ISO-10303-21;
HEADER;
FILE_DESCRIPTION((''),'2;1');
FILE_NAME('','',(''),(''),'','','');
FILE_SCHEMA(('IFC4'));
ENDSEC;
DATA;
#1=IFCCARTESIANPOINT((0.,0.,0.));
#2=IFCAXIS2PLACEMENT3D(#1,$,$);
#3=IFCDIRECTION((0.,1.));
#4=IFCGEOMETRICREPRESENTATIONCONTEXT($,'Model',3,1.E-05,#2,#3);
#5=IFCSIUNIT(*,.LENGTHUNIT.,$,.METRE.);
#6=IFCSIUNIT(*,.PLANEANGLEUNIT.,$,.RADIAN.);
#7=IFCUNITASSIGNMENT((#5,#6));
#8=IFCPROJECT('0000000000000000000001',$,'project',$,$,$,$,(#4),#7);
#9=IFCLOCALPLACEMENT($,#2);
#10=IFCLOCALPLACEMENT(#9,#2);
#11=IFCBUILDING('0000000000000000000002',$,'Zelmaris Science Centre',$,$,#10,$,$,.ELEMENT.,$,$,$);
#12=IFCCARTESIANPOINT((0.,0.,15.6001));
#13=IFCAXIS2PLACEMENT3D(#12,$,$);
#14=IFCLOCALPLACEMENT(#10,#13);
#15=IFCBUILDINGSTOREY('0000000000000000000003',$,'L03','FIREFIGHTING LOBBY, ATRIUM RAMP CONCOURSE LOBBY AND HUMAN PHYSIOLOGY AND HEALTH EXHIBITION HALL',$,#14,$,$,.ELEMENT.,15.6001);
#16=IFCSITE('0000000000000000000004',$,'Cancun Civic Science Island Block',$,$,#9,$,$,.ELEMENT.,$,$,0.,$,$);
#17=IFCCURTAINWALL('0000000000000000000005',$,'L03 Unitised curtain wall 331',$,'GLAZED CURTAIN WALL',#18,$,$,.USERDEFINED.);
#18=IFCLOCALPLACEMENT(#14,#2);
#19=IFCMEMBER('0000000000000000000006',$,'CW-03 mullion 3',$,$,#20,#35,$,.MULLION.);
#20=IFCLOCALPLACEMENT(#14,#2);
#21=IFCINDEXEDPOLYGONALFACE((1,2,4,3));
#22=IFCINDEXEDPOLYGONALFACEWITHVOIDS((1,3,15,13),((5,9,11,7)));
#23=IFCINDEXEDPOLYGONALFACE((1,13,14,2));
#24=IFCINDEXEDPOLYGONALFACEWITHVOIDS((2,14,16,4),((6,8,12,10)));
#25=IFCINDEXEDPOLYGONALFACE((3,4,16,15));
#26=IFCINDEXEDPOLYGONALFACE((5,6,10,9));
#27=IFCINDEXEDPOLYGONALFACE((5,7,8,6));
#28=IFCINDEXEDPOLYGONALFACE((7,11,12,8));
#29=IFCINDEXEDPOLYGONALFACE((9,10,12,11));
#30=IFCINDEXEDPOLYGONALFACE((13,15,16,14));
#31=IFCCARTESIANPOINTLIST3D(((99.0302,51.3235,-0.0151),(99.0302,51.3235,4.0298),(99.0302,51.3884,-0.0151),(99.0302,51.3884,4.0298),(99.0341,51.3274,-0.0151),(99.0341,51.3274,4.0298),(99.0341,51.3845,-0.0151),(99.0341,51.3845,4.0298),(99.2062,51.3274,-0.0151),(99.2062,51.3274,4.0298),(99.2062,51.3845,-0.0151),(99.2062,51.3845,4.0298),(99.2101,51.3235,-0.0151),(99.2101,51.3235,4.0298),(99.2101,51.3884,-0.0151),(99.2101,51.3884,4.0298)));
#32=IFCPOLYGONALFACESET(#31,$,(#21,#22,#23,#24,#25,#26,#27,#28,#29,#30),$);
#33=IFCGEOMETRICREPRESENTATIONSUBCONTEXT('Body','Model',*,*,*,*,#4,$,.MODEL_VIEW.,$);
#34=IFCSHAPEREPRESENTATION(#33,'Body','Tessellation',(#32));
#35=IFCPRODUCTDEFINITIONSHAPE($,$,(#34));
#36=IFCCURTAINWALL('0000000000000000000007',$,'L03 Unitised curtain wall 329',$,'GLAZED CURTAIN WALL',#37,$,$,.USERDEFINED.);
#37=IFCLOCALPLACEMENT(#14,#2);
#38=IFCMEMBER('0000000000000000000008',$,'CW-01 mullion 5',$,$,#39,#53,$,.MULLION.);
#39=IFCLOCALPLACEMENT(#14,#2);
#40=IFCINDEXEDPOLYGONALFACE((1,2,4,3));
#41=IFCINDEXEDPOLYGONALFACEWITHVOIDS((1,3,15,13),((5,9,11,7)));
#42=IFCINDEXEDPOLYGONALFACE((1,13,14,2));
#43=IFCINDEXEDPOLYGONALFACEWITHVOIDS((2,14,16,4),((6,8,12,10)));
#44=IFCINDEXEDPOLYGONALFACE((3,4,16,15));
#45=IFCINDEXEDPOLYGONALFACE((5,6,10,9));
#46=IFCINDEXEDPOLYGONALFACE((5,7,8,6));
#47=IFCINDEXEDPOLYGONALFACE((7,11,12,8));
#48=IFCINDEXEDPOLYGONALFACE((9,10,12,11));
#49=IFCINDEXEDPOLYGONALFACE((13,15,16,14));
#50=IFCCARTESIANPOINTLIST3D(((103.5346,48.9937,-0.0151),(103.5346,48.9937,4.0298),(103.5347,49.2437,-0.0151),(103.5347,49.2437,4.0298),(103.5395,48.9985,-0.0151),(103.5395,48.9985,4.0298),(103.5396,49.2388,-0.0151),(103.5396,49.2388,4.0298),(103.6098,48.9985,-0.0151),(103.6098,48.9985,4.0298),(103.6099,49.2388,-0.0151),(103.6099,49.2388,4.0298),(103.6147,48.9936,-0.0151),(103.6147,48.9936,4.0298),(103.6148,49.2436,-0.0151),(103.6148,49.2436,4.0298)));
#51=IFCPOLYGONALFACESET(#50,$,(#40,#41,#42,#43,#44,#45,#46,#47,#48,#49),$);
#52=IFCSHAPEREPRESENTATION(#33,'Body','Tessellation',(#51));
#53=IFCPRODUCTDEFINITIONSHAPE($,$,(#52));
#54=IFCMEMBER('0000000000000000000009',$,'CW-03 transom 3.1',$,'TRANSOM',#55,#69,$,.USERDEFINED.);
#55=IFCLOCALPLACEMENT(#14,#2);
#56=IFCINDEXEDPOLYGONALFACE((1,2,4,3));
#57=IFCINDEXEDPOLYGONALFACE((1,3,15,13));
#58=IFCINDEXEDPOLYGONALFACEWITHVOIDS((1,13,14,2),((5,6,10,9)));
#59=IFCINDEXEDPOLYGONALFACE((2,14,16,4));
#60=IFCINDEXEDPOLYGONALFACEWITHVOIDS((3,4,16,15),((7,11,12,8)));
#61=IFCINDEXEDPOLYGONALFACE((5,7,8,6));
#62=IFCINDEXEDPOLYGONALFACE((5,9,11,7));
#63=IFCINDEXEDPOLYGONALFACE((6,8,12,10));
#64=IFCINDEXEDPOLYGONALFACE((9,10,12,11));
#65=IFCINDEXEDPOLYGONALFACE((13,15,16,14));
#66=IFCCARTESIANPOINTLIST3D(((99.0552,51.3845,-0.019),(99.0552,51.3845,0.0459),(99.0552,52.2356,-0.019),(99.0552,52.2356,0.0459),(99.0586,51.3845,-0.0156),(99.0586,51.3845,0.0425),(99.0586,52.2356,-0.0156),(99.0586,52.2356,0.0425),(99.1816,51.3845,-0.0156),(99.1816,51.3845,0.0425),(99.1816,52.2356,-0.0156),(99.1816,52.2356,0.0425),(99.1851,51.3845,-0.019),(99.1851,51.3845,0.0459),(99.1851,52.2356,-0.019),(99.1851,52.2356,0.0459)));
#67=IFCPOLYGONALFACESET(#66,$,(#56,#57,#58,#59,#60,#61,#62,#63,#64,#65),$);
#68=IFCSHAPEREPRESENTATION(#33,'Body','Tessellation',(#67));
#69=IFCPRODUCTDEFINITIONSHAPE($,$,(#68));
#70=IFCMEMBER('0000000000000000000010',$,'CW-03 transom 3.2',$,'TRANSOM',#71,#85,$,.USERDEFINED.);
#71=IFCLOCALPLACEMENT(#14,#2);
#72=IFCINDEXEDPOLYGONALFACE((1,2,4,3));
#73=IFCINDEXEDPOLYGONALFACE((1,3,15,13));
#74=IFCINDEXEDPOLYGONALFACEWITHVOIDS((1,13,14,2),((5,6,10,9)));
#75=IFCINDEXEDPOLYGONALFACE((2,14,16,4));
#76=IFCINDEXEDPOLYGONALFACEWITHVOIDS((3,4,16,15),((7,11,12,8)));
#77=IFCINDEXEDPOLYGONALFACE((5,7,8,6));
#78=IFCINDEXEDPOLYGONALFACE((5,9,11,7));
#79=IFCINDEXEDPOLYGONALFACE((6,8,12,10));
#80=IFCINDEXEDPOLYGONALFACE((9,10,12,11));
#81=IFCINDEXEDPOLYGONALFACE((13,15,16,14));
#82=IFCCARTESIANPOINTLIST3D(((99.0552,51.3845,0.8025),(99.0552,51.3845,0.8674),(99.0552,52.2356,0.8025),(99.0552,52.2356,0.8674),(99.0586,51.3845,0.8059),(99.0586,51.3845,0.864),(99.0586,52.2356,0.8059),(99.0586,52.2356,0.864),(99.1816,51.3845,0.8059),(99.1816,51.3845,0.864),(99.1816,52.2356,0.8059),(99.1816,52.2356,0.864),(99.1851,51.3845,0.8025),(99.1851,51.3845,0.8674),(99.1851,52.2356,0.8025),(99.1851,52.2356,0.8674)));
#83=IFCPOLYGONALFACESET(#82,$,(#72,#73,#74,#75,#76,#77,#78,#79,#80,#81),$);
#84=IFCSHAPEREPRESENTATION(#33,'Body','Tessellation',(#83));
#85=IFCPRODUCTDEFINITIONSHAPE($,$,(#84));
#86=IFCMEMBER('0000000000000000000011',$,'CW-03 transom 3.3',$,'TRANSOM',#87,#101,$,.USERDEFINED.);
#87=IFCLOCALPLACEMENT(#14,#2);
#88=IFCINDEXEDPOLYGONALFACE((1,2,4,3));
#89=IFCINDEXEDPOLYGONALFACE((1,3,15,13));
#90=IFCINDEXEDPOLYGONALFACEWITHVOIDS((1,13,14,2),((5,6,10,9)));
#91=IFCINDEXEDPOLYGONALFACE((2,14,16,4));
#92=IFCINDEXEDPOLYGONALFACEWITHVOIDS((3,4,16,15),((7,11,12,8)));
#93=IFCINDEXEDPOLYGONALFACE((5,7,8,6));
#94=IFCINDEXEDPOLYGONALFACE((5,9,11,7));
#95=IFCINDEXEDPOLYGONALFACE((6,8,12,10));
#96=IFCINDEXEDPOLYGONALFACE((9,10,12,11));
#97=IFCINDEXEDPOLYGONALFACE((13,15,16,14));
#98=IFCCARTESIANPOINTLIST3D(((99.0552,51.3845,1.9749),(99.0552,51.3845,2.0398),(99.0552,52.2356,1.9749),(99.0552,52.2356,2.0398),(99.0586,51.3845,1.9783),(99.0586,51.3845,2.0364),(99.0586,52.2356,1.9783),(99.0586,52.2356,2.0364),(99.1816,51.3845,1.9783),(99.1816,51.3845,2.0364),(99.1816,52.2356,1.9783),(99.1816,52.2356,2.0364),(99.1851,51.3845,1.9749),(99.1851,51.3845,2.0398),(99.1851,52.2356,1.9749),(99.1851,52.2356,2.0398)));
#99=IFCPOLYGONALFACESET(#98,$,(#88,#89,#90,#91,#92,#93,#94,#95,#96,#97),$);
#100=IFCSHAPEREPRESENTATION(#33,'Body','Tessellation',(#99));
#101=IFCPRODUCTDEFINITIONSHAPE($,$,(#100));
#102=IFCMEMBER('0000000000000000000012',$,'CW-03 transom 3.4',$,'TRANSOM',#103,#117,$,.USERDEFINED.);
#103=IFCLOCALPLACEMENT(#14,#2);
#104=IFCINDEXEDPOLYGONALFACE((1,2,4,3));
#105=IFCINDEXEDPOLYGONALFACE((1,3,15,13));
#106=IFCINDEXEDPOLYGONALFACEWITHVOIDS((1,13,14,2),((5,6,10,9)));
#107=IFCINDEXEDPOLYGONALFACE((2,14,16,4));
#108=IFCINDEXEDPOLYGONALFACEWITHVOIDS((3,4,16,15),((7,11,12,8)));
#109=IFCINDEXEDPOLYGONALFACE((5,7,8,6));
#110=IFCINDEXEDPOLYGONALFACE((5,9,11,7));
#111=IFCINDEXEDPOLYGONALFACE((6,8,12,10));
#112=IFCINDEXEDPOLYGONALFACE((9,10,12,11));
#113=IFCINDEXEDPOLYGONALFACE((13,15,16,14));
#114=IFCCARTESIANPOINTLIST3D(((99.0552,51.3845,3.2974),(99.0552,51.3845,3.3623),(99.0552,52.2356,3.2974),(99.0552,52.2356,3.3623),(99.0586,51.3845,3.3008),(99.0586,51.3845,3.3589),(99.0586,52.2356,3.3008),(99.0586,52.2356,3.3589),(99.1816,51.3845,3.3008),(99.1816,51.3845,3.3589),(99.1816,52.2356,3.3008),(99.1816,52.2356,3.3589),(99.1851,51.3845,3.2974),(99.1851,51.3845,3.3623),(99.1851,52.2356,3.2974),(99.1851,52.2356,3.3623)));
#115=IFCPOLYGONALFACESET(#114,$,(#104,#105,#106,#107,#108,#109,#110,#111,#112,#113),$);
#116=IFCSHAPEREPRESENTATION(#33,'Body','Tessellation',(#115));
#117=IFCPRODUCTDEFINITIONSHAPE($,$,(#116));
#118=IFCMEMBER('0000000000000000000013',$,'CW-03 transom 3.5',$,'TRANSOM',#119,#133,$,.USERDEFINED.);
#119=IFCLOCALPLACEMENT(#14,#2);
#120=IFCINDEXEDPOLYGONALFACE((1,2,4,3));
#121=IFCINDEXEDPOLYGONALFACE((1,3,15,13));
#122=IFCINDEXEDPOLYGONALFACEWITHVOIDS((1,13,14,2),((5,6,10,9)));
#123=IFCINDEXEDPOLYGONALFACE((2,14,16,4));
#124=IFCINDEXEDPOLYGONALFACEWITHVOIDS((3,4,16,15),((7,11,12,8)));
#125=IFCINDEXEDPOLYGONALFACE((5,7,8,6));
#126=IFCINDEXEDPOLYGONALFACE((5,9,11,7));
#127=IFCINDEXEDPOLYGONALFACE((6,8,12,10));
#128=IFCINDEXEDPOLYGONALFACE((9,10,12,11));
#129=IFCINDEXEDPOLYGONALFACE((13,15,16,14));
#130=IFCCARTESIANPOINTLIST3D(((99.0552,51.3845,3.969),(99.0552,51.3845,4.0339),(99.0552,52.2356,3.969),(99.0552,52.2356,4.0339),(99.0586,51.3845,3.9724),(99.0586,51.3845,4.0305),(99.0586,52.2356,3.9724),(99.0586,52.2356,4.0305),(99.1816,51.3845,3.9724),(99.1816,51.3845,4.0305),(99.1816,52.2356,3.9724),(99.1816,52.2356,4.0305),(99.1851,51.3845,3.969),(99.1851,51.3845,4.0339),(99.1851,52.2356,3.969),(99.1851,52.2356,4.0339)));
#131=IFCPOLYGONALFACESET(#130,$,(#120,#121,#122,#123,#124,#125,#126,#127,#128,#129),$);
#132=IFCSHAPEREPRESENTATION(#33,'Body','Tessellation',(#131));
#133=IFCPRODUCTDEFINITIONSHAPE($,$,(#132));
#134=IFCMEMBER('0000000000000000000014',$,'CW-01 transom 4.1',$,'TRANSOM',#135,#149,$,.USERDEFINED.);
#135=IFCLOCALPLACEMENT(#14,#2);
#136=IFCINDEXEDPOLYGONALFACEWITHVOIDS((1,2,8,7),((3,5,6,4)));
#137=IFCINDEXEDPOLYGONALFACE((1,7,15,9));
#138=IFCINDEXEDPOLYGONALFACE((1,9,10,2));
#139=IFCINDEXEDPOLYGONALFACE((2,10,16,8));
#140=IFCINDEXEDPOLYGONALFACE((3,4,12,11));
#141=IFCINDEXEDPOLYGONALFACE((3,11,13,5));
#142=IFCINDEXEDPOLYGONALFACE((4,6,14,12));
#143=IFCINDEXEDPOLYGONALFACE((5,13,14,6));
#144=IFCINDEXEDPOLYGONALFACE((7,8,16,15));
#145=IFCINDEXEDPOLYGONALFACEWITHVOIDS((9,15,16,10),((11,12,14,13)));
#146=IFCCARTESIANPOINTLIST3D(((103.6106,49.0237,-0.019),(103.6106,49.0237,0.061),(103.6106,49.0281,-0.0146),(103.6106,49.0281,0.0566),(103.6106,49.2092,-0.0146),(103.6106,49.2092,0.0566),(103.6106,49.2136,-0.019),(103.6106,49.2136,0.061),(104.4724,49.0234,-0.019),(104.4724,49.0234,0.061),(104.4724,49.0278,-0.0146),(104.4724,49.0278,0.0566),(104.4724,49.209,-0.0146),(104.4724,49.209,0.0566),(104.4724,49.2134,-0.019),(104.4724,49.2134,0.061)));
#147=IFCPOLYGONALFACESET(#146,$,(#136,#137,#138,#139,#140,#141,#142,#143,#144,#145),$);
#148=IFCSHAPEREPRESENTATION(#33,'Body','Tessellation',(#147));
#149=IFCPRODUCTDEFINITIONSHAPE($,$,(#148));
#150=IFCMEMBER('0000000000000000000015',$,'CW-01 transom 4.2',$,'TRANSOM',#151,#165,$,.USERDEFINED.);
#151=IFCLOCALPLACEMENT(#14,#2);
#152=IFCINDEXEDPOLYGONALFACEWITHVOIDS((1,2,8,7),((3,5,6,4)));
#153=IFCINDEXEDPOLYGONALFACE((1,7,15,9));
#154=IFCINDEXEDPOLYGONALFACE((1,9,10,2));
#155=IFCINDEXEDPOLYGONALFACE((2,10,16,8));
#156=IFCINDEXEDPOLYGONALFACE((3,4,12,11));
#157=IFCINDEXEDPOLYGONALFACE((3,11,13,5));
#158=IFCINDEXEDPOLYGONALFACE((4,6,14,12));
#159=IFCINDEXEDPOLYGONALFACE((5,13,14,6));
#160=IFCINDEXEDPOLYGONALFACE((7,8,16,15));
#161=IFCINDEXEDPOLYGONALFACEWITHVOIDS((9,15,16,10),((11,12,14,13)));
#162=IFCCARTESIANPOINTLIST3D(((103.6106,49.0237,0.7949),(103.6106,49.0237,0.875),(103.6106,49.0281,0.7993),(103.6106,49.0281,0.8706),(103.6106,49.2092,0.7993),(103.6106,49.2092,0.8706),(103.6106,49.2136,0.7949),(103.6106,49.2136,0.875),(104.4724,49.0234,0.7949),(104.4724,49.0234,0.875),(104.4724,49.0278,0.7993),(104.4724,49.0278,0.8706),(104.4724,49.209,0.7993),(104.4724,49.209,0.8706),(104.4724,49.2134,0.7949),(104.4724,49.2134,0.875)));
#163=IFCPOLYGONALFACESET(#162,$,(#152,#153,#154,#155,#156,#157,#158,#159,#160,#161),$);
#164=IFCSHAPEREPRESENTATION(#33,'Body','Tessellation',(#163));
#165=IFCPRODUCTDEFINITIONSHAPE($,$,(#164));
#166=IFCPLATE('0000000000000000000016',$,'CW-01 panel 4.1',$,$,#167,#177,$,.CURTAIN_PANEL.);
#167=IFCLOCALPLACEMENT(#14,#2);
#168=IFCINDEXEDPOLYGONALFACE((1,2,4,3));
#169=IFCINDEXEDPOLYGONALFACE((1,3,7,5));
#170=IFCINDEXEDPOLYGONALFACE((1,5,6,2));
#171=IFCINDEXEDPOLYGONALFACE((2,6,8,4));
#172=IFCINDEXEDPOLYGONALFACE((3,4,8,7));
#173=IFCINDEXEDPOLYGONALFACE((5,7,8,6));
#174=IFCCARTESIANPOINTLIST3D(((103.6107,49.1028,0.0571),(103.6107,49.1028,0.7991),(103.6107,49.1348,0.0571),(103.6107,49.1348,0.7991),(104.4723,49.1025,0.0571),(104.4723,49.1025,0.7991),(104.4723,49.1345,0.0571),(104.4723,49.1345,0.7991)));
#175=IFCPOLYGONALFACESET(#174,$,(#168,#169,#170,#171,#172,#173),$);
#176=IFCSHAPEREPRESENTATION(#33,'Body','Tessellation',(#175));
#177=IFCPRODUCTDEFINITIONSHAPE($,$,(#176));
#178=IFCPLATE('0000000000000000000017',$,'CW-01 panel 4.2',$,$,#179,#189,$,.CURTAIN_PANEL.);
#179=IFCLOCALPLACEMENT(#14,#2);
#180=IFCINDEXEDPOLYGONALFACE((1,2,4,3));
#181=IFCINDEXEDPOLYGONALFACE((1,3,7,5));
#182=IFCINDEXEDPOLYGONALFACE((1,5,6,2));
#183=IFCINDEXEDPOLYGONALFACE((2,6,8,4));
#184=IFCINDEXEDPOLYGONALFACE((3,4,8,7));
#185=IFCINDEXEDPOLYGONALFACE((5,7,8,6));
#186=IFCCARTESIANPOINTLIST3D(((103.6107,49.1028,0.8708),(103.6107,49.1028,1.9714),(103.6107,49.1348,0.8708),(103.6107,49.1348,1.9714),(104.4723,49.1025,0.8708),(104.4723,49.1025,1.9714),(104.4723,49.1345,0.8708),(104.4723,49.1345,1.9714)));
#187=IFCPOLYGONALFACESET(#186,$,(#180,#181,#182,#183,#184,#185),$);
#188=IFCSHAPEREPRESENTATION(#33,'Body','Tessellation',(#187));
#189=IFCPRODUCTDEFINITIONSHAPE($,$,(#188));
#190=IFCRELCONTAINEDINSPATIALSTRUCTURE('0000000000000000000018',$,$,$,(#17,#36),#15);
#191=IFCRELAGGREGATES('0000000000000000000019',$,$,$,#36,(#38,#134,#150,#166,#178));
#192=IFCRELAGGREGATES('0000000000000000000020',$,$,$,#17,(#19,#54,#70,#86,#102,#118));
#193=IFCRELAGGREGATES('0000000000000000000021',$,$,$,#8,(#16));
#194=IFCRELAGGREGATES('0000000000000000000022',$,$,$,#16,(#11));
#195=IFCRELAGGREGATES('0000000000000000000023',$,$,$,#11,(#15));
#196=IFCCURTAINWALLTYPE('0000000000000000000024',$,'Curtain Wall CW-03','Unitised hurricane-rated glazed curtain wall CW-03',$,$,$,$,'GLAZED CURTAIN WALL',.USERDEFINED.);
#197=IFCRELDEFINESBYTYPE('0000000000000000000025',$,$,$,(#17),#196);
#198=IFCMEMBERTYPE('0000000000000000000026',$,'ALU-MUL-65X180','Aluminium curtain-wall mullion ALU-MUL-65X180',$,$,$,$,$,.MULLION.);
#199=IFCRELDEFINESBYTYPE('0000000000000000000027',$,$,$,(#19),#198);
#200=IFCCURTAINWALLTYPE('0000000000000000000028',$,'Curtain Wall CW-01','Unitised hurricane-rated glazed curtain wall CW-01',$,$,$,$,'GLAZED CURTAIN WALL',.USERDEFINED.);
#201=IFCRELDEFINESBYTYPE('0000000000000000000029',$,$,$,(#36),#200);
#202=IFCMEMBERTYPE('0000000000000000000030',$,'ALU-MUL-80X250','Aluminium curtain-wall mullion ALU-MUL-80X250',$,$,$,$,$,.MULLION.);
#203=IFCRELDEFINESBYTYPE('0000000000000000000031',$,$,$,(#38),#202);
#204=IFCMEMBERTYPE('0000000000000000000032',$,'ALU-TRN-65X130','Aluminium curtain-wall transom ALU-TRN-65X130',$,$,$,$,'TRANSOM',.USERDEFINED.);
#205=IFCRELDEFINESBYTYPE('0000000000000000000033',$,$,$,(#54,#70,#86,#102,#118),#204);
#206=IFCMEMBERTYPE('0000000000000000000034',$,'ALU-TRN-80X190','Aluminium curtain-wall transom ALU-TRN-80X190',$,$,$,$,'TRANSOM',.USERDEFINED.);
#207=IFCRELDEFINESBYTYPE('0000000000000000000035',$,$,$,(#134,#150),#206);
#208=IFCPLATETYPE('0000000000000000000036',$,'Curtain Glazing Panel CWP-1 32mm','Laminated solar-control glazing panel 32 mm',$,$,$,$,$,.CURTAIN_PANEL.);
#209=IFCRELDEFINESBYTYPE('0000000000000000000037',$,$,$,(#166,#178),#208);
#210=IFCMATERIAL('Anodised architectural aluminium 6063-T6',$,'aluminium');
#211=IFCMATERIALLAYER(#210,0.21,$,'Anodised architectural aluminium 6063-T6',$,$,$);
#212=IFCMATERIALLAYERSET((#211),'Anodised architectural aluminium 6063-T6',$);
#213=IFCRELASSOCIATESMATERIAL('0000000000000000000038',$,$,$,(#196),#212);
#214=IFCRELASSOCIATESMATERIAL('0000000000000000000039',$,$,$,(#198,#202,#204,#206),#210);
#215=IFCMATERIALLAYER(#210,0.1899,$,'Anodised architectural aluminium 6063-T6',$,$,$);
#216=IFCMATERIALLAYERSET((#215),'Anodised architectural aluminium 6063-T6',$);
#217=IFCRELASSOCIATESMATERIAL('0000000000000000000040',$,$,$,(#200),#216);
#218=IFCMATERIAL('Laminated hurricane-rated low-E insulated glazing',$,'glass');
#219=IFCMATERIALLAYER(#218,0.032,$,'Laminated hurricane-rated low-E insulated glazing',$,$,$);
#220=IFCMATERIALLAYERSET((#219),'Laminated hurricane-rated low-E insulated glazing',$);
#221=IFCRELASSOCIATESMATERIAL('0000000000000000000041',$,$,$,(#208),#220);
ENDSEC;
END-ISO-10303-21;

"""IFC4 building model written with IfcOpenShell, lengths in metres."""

from ifc_helpers import new_model, si_unit, direction, frame, origin, origin_2d, place, context, subcontext, project, spatial, rectangle, hollow_rectangle, extrude, material, layer, layer_set, material_profile, profile_set, type_object, element, aggregate, save


model = new_model("IFC4")

# Units and contexts
model_context = context("Model", 3, precision=1e-05, world=origin(), true_north=direction((0.0, 1.0)))
body_context = subcontext(model_context, "Body", "Model", "MODEL_VIEW")
ifc_project = project(units=[si_unit("LENGTHUNIT", "METRE"), si_unit("PLANEANGLEUNIT", "RADIAN")], contexts=[model_context])

# Site, building, storey
site_placement = place(None, origin())
site = spatial("IfcSite", under=ifc_project, at=site_placement, Name="Cancun Civic Science Island Block", CompositionType="ELEMENT", RefElevation=0.0)
building_placement = place(site_placement, origin())
building = spatial("IfcBuilding", under=site, at=building_placement, Name="Zelmaris Science Centre", CompositionType="ELEMENT")
storey_placement = place(building_placement, frame((0.0, 0.0, 15.6001)))
storey = spatial("IfcBuildingStorey", under=building, at=storey_placement, Name="L03", Description="FIREFIGHTING LOBBY, ATRIUM RAMP CONCOURSE LOBBY AND HUMAN PHYSIOLOGY AND HEALTH EXHIBITION HALL", CompositionType="ELEMENT", Elevation=15.6001)

# Curtain walls, members
ifc_material_1 = material(Name="Anodised architectural aluminium 6063-T6", Category="aluminium")
ifc_layer_1 = layer(ifc_material_1, 0.21, Name="Anodised architectural aluminium 6063-T6")
ifc_layer_set_1 = layer_set([ifc_layer_1], Name="Anodised architectural aluminium 6063-T6")
curtain_wall_type_1 = type_object("IfcCurtainWallType", Name="Curtain Wall CW-03", Description="Unitised hurricane-rated glazed curtain wall CW-03", ElementType="GLAZED CURTAIN WALL", PredefinedType="USERDEFINED", material=ifc_layer_set_1)
curtain_wall_1_placement = place(storey_placement, origin())
curtain_wall_1 = element("IfcCurtainWall", 1, at=curtain_wall_1_placement, inside=storey, type_object=curtain_wall_type_1, Name="L03 Unitised curtain wall 331", ObjectType="GLAZED CURTAIN WALL", PredefinedType="USERDEFINED")
ifc_material_profile_1 = material_profile(ifc_material_1, hollow_rectangle(XDim=0.0649, YDim=0.1799, WallThickness=0.0039, at=origin_2d()), Name="ALU-MUL-65X180")
ifc_profile_set_1 = profile_set([ifc_material_profile_1], Name="Anodised architectural aluminium 6063-T6")
member_type_1 = type_object("IfcMemberType", Name="ALU-MUL-65X180", Description="Aluminium curtain-wall mullion ALU-MUL-65X180", PredefinedType="MULLION", material=ifc_profile_set_1)
member_1_placement = place(storey_placement, frame((99.1201, 51.356, -0.0151), z_axis=(0.0, 0.0, 1.0), x_axis=(-0.000005, 1.0, 0.0)))
member_1 = element("IfcMember", 2, at=member_1_placement, type_object=member_type_1, Name="CW-03 mullion 3", PredefinedType="MULLION", context=body_context, shape_type="SweptSolid", body=[
    extrude(hollow_rectangle(XDim=0.0649, YDim=0.1799, WallThickness=0.0039, at=origin_2d()), origin(), (0.0, 0.0, 1.0), 4.0449),
])
ifc_layer_2 = layer(ifc_material_1, 0.1899, Name="Anodised architectural aluminium 6063-T6")
ifc_layer_set_2 = layer_set([ifc_layer_2], Name="Anodised architectural aluminium 6063-T6")
curtain_wall_type_2 = type_object("IfcCurtainWallType", Name="Curtain Wall CW-01", Description="Unitised hurricane-rated glazed curtain wall CW-01", ElementType="GLAZED CURTAIN WALL", PredefinedType="USERDEFINED", material=ifc_layer_set_2)
curtain_wall_2_placement = place(storey_placement, origin())
curtain_wall_2 = element("IfcCurtainWall", 3, at=curtain_wall_2_placement, inside=storey, type_object=curtain_wall_type_2, Name="L03 Unitised curtain wall 329", ObjectType="GLAZED CURTAIN WALL", PredefinedType="USERDEFINED")
ifc_material_profile_2 = material_profile(ifc_material_1, hollow_rectangle(XDim=0.0801, YDim=0.25, WallThickness=0.0049, at=origin_2d()), Name="ALU-MUL-80X250")
ifc_profile_set_2 = profile_set([ifc_material_profile_2], Name="Anodised architectural aluminium 6063-T6")
member_type_2 = type_object("IfcMemberType", Name="ALU-MUL-80X250", Description="Aluminium curtain-wall mullion ALU-MUL-80X250", PredefinedType="MULLION", material=ifc_profile_set_2)
member_2_placement = place(storey_placement, frame((103.5747, 49.1187, -0.0151), z_axis=(0.0, 0.0, 1.0), x_axis=(-1.0, 0.000297, 0.0)))
member_2 = element("IfcMember", 4, at=member_2_placement, type_object=member_type_2, Name="CW-01 mullion 5", PredefinedType="MULLION", context=body_context, shape_type="SweptSolid", body=[
    extrude(hollow_rectangle(XDim=0.0801, YDim=0.25, WallThickness=0.0049, at=origin_2d()), origin(), (0.0, 0.0, 1.0), 4.0449),
])

# Members
ifc_material_profile_3 = material_profile(ifc_material_1, hollow_rectangle(XDim=0.0649, YDim=0.1299, WallThickness=0.0034, at=origin_2d()), Name="ALU-TRN-65X130")
ifc_profile_set_3 = profile_set([ifc_material_profile_3], Name="Anodised architectural aluminium 6063-T6")
member_type_3 = type_object("IfcMemberType", Name="ALU-TRN-65X130", Description="Aluminium curtain-wall transom ALU-TRN-65X130", ElementType="TRANSOM", PredefinedType="USERDEFINED", material=ifc_profile_set_3)
member_3_placement = place(storey_placement, frame((99.1201, 51.3845, 0.0134), z_axis=(0.0, 1.0, 0.0), x_axis=(0.0, 0.0, 1.0)))
member_3 = element("IfcMember", 5, at=member_3_placement, type_object=member_type_3, Name="CW-03 transom 3.1", ObjectType="TRANSOM", PredefinedType="USERDEFINED", context=body_context, shape_type="SweptSolid", body=[
    extrude(hollow_rectangle(XDim=0.0649, YDim=0.1299, WallThickness=0.0034, at=origin_2d()), origin(), (0.0, 0.0, 1.0), 0.8511),
])
member_4_placement = place(storey_placement, frame((99.1201, 51.3845, 0.835), z_axis=(0.0, 1.0, 0.0), x_axis=(0.0, 0.0, 1.0)))
member_4 = element("IfcMember", 6, at=member_4_placement, type_object=member_type_3, Name="CW-03 transom 3.2", ObjectType="TRANSOM", PredefinedType="USERDEFINED", context=body_context, shape_type="SweptSolid", body=[
    extrude(hollow_rectangle(XDim=0.0649, YDim=0.1299, WallThickness=0.0034, at=origin_2d()), origin(), (0.0, 0.0, 1.0), 0.8511),
])
member_5_placement = place(storey_placement, frame((99.1201, 51.3845, 2.0073), z_axis=(0.0, 1.0, 0.0), x_axis=(0.0, 0.0, 1.0)))
member_5 = element("IfcMember", 7, at=member_5_placement, type_object=member_type_3, Name="CW-03 transom 3.3", ObjectType="TRANSOM", PredefinedType="USERDEFINED", context=body_context, shape_type="SweptSolid", body=[
    extrude(hollow_rectangle(XDim=0.0649, YDim=0.1299, WallThickness=0.0034, at=origin_2d()), origin(), (0.0, 0.0, 1.0), 0.8511),
])
member_6_placement = place(storey_placement, frame((99.1201, 51.3845, 3.3298), z_axis=(0.0, 1.0, 0.0), x_axis=(0.0, 0.0, 1.0)))
member_6 = element("IfcMember", 8, at=member_6_placement, type_object=member_type_3, Name="CW-03 transom 3.4", ObjectType="TRANSOM", PredefinedType="USERDEFINED", context=body_context, shape_type="SweptSolid", body=[
    extrude(hollow_rectangle(XDim=0.0649, YDim=0.1299, WallThickness=0.0034, at=origin_2d()), origin(), (0.0, 0.0, 1.0), 0.8511),
])
member_7_placement = place(storey_placement, frame((99.1201, 51.3845, 4.0015), z_axis=(0.0, 1.0, 0.0), x_axis=(0.0, 0.0, 1.0)))
member_7 = element("IfcMember", 9, at=member_7_placement, type_object=member_type_3, Name="CW-03 transom 3.5", ObjectType="TRANSOM", PredefinedType="USERDEFINED", context=body_context, shape_type="SweptSolid", body=[
    extrude(hollow_rectangle(XDim=0.0649, YDim=0.1299, WallThickness=0.0034, at=origin_2d()), origin(), (0.0, 0.0, 1.0), 0.8511),
])
ifc_material_profile_4 = material_profile(ifc_material_1, hollow_rectangle(XDim=0.0801, YDim=0.1899, WallThickness=0.0044, at=origin_2d()), Name="ALU-TRN-80X190")
ifc_profile_set_4 = profile_set([ifc_material_profile_4], Name="Anodised architectural aluminium 6063-T6")
member_type_4 = type_object("IfcMemberType", Name="ALU-TRN-80X190", Description="Aluminium curtain-wall transom ALU-TRN-80X190", ElementType="TRANSOM", PredefinedType="USERDEFINED", material=ifc_profile_set_4)
member_8_placement = place(storey_placement, frame((104.4724, 49.1184, 0.021), z_axis=(-1.0, 0.000283, 0.0), x_axis=(0.0, 0.0, 1.0)))
member_8 = element("IfcMember", 10, at=member_8_placement, type_object=member_type_4, Name="CW-01 transom 4.1", ObjectType="TRANSOM", PredefinedType="USERDEFINED", context=body_context, shape_type="SweptSolid", body=[
    extrude(hollow_rectangle(XDim=0.0801, YDim=0.1899, WallThickness=0.0044, at=origin_2d()), origin(), (0.0, 0.0, 1.0), 0.8618),
])
member_9_placement = place(storey_placement, frame((104.4724, 49.1184, 0.835), z_axis=(-1.0, 0.000283, 0.0), x_axis=(0.0, 0.0, 1.0)))
member_9 = element("IfcMember", 11, at=member_9_placement, type_object=member_type_4, Name="CW-01 transom 4.2", ObjectType="TRANSOM", PredefinedType="USERDEFINED", context=body_context, shape_type="SweptSolid", body=[
    extrude(hollow_rectangle(XDim=0.0801, YDim=0.1899, WallThickness=0.0044, at=origin_2d()), origin(), (0.0, 0.0, 1.0), 0.8618),
])

# Plates
ifc_material_2 = material(Name="Laminated hurricane-rated low-E insulated glazing", Category="glass")
ifc_layer_3 = layer(ifc_material_2, 0.032, Name="Laminated hurricane-rated low-E insulated glazing")
ifc_layer_set_3 = layer_set([ifc_layer_3], Name="Laminated hurricane-rated low-E insulated glazing")
plate_type_1 = type_object("IfcPlateType", Name="Curtain Glazing Panel CWP-1 32mm", Description="Laminated solar-control glazing panel 32 mm", PredefinedType="CURTAIN_PANEL", material=ifc_layer_set_3)
plate_1_placement = place(storey_placement, frame((104.0415, 49.1187, 0.0571), z_axis=(0.0, 0.0, 1.0), x_axis=(-1.0, 0.000284, 0.0)))
plate_1 = element("IfcPlate", 12, at=plate_1_placement, type_object=plate_type_1, Name="CW-01 panel 4.1", PredefinedType="CURTAIN_PANEL", context=body_context, shape_type="SweptSolid", body=[
    extrude(rectangle(XDim=0.8616, YDim=0.032, at=origin_2d()), origin(), (0.0, 0.0, 1.0), 0.7419),
])
plate_2_placement = place(storey_placement, frame((104.0415, 49.1187, 0.8708), z_axis=(0.0, 0.0, 1.0), x_axis=(-1.0, 0.000284, 0.0)))
plate_2 = element("IfcPlate", 13, at=plate_2_placement, type_object=plate_type_1, Name="CW-01 panel 4.2", PredefinedType="CURTAIN_PANEL", context=body_context, shape_type="SweptSolid", body=[
    extrude(rectangle(XDim=0.8616, YDim=0.032, at=origin_2d()), origin(), (0.0, 0.0, 1.0), 1.1006),
])
aggregate(curtain_wall_2, [member_2, member_8, member_9, plate_1, plate_2])
aggregate(curtain_wall_1, [member_1, member_3, member_4, member_5, member_6, member_7])

save(model, "model.ifc")
